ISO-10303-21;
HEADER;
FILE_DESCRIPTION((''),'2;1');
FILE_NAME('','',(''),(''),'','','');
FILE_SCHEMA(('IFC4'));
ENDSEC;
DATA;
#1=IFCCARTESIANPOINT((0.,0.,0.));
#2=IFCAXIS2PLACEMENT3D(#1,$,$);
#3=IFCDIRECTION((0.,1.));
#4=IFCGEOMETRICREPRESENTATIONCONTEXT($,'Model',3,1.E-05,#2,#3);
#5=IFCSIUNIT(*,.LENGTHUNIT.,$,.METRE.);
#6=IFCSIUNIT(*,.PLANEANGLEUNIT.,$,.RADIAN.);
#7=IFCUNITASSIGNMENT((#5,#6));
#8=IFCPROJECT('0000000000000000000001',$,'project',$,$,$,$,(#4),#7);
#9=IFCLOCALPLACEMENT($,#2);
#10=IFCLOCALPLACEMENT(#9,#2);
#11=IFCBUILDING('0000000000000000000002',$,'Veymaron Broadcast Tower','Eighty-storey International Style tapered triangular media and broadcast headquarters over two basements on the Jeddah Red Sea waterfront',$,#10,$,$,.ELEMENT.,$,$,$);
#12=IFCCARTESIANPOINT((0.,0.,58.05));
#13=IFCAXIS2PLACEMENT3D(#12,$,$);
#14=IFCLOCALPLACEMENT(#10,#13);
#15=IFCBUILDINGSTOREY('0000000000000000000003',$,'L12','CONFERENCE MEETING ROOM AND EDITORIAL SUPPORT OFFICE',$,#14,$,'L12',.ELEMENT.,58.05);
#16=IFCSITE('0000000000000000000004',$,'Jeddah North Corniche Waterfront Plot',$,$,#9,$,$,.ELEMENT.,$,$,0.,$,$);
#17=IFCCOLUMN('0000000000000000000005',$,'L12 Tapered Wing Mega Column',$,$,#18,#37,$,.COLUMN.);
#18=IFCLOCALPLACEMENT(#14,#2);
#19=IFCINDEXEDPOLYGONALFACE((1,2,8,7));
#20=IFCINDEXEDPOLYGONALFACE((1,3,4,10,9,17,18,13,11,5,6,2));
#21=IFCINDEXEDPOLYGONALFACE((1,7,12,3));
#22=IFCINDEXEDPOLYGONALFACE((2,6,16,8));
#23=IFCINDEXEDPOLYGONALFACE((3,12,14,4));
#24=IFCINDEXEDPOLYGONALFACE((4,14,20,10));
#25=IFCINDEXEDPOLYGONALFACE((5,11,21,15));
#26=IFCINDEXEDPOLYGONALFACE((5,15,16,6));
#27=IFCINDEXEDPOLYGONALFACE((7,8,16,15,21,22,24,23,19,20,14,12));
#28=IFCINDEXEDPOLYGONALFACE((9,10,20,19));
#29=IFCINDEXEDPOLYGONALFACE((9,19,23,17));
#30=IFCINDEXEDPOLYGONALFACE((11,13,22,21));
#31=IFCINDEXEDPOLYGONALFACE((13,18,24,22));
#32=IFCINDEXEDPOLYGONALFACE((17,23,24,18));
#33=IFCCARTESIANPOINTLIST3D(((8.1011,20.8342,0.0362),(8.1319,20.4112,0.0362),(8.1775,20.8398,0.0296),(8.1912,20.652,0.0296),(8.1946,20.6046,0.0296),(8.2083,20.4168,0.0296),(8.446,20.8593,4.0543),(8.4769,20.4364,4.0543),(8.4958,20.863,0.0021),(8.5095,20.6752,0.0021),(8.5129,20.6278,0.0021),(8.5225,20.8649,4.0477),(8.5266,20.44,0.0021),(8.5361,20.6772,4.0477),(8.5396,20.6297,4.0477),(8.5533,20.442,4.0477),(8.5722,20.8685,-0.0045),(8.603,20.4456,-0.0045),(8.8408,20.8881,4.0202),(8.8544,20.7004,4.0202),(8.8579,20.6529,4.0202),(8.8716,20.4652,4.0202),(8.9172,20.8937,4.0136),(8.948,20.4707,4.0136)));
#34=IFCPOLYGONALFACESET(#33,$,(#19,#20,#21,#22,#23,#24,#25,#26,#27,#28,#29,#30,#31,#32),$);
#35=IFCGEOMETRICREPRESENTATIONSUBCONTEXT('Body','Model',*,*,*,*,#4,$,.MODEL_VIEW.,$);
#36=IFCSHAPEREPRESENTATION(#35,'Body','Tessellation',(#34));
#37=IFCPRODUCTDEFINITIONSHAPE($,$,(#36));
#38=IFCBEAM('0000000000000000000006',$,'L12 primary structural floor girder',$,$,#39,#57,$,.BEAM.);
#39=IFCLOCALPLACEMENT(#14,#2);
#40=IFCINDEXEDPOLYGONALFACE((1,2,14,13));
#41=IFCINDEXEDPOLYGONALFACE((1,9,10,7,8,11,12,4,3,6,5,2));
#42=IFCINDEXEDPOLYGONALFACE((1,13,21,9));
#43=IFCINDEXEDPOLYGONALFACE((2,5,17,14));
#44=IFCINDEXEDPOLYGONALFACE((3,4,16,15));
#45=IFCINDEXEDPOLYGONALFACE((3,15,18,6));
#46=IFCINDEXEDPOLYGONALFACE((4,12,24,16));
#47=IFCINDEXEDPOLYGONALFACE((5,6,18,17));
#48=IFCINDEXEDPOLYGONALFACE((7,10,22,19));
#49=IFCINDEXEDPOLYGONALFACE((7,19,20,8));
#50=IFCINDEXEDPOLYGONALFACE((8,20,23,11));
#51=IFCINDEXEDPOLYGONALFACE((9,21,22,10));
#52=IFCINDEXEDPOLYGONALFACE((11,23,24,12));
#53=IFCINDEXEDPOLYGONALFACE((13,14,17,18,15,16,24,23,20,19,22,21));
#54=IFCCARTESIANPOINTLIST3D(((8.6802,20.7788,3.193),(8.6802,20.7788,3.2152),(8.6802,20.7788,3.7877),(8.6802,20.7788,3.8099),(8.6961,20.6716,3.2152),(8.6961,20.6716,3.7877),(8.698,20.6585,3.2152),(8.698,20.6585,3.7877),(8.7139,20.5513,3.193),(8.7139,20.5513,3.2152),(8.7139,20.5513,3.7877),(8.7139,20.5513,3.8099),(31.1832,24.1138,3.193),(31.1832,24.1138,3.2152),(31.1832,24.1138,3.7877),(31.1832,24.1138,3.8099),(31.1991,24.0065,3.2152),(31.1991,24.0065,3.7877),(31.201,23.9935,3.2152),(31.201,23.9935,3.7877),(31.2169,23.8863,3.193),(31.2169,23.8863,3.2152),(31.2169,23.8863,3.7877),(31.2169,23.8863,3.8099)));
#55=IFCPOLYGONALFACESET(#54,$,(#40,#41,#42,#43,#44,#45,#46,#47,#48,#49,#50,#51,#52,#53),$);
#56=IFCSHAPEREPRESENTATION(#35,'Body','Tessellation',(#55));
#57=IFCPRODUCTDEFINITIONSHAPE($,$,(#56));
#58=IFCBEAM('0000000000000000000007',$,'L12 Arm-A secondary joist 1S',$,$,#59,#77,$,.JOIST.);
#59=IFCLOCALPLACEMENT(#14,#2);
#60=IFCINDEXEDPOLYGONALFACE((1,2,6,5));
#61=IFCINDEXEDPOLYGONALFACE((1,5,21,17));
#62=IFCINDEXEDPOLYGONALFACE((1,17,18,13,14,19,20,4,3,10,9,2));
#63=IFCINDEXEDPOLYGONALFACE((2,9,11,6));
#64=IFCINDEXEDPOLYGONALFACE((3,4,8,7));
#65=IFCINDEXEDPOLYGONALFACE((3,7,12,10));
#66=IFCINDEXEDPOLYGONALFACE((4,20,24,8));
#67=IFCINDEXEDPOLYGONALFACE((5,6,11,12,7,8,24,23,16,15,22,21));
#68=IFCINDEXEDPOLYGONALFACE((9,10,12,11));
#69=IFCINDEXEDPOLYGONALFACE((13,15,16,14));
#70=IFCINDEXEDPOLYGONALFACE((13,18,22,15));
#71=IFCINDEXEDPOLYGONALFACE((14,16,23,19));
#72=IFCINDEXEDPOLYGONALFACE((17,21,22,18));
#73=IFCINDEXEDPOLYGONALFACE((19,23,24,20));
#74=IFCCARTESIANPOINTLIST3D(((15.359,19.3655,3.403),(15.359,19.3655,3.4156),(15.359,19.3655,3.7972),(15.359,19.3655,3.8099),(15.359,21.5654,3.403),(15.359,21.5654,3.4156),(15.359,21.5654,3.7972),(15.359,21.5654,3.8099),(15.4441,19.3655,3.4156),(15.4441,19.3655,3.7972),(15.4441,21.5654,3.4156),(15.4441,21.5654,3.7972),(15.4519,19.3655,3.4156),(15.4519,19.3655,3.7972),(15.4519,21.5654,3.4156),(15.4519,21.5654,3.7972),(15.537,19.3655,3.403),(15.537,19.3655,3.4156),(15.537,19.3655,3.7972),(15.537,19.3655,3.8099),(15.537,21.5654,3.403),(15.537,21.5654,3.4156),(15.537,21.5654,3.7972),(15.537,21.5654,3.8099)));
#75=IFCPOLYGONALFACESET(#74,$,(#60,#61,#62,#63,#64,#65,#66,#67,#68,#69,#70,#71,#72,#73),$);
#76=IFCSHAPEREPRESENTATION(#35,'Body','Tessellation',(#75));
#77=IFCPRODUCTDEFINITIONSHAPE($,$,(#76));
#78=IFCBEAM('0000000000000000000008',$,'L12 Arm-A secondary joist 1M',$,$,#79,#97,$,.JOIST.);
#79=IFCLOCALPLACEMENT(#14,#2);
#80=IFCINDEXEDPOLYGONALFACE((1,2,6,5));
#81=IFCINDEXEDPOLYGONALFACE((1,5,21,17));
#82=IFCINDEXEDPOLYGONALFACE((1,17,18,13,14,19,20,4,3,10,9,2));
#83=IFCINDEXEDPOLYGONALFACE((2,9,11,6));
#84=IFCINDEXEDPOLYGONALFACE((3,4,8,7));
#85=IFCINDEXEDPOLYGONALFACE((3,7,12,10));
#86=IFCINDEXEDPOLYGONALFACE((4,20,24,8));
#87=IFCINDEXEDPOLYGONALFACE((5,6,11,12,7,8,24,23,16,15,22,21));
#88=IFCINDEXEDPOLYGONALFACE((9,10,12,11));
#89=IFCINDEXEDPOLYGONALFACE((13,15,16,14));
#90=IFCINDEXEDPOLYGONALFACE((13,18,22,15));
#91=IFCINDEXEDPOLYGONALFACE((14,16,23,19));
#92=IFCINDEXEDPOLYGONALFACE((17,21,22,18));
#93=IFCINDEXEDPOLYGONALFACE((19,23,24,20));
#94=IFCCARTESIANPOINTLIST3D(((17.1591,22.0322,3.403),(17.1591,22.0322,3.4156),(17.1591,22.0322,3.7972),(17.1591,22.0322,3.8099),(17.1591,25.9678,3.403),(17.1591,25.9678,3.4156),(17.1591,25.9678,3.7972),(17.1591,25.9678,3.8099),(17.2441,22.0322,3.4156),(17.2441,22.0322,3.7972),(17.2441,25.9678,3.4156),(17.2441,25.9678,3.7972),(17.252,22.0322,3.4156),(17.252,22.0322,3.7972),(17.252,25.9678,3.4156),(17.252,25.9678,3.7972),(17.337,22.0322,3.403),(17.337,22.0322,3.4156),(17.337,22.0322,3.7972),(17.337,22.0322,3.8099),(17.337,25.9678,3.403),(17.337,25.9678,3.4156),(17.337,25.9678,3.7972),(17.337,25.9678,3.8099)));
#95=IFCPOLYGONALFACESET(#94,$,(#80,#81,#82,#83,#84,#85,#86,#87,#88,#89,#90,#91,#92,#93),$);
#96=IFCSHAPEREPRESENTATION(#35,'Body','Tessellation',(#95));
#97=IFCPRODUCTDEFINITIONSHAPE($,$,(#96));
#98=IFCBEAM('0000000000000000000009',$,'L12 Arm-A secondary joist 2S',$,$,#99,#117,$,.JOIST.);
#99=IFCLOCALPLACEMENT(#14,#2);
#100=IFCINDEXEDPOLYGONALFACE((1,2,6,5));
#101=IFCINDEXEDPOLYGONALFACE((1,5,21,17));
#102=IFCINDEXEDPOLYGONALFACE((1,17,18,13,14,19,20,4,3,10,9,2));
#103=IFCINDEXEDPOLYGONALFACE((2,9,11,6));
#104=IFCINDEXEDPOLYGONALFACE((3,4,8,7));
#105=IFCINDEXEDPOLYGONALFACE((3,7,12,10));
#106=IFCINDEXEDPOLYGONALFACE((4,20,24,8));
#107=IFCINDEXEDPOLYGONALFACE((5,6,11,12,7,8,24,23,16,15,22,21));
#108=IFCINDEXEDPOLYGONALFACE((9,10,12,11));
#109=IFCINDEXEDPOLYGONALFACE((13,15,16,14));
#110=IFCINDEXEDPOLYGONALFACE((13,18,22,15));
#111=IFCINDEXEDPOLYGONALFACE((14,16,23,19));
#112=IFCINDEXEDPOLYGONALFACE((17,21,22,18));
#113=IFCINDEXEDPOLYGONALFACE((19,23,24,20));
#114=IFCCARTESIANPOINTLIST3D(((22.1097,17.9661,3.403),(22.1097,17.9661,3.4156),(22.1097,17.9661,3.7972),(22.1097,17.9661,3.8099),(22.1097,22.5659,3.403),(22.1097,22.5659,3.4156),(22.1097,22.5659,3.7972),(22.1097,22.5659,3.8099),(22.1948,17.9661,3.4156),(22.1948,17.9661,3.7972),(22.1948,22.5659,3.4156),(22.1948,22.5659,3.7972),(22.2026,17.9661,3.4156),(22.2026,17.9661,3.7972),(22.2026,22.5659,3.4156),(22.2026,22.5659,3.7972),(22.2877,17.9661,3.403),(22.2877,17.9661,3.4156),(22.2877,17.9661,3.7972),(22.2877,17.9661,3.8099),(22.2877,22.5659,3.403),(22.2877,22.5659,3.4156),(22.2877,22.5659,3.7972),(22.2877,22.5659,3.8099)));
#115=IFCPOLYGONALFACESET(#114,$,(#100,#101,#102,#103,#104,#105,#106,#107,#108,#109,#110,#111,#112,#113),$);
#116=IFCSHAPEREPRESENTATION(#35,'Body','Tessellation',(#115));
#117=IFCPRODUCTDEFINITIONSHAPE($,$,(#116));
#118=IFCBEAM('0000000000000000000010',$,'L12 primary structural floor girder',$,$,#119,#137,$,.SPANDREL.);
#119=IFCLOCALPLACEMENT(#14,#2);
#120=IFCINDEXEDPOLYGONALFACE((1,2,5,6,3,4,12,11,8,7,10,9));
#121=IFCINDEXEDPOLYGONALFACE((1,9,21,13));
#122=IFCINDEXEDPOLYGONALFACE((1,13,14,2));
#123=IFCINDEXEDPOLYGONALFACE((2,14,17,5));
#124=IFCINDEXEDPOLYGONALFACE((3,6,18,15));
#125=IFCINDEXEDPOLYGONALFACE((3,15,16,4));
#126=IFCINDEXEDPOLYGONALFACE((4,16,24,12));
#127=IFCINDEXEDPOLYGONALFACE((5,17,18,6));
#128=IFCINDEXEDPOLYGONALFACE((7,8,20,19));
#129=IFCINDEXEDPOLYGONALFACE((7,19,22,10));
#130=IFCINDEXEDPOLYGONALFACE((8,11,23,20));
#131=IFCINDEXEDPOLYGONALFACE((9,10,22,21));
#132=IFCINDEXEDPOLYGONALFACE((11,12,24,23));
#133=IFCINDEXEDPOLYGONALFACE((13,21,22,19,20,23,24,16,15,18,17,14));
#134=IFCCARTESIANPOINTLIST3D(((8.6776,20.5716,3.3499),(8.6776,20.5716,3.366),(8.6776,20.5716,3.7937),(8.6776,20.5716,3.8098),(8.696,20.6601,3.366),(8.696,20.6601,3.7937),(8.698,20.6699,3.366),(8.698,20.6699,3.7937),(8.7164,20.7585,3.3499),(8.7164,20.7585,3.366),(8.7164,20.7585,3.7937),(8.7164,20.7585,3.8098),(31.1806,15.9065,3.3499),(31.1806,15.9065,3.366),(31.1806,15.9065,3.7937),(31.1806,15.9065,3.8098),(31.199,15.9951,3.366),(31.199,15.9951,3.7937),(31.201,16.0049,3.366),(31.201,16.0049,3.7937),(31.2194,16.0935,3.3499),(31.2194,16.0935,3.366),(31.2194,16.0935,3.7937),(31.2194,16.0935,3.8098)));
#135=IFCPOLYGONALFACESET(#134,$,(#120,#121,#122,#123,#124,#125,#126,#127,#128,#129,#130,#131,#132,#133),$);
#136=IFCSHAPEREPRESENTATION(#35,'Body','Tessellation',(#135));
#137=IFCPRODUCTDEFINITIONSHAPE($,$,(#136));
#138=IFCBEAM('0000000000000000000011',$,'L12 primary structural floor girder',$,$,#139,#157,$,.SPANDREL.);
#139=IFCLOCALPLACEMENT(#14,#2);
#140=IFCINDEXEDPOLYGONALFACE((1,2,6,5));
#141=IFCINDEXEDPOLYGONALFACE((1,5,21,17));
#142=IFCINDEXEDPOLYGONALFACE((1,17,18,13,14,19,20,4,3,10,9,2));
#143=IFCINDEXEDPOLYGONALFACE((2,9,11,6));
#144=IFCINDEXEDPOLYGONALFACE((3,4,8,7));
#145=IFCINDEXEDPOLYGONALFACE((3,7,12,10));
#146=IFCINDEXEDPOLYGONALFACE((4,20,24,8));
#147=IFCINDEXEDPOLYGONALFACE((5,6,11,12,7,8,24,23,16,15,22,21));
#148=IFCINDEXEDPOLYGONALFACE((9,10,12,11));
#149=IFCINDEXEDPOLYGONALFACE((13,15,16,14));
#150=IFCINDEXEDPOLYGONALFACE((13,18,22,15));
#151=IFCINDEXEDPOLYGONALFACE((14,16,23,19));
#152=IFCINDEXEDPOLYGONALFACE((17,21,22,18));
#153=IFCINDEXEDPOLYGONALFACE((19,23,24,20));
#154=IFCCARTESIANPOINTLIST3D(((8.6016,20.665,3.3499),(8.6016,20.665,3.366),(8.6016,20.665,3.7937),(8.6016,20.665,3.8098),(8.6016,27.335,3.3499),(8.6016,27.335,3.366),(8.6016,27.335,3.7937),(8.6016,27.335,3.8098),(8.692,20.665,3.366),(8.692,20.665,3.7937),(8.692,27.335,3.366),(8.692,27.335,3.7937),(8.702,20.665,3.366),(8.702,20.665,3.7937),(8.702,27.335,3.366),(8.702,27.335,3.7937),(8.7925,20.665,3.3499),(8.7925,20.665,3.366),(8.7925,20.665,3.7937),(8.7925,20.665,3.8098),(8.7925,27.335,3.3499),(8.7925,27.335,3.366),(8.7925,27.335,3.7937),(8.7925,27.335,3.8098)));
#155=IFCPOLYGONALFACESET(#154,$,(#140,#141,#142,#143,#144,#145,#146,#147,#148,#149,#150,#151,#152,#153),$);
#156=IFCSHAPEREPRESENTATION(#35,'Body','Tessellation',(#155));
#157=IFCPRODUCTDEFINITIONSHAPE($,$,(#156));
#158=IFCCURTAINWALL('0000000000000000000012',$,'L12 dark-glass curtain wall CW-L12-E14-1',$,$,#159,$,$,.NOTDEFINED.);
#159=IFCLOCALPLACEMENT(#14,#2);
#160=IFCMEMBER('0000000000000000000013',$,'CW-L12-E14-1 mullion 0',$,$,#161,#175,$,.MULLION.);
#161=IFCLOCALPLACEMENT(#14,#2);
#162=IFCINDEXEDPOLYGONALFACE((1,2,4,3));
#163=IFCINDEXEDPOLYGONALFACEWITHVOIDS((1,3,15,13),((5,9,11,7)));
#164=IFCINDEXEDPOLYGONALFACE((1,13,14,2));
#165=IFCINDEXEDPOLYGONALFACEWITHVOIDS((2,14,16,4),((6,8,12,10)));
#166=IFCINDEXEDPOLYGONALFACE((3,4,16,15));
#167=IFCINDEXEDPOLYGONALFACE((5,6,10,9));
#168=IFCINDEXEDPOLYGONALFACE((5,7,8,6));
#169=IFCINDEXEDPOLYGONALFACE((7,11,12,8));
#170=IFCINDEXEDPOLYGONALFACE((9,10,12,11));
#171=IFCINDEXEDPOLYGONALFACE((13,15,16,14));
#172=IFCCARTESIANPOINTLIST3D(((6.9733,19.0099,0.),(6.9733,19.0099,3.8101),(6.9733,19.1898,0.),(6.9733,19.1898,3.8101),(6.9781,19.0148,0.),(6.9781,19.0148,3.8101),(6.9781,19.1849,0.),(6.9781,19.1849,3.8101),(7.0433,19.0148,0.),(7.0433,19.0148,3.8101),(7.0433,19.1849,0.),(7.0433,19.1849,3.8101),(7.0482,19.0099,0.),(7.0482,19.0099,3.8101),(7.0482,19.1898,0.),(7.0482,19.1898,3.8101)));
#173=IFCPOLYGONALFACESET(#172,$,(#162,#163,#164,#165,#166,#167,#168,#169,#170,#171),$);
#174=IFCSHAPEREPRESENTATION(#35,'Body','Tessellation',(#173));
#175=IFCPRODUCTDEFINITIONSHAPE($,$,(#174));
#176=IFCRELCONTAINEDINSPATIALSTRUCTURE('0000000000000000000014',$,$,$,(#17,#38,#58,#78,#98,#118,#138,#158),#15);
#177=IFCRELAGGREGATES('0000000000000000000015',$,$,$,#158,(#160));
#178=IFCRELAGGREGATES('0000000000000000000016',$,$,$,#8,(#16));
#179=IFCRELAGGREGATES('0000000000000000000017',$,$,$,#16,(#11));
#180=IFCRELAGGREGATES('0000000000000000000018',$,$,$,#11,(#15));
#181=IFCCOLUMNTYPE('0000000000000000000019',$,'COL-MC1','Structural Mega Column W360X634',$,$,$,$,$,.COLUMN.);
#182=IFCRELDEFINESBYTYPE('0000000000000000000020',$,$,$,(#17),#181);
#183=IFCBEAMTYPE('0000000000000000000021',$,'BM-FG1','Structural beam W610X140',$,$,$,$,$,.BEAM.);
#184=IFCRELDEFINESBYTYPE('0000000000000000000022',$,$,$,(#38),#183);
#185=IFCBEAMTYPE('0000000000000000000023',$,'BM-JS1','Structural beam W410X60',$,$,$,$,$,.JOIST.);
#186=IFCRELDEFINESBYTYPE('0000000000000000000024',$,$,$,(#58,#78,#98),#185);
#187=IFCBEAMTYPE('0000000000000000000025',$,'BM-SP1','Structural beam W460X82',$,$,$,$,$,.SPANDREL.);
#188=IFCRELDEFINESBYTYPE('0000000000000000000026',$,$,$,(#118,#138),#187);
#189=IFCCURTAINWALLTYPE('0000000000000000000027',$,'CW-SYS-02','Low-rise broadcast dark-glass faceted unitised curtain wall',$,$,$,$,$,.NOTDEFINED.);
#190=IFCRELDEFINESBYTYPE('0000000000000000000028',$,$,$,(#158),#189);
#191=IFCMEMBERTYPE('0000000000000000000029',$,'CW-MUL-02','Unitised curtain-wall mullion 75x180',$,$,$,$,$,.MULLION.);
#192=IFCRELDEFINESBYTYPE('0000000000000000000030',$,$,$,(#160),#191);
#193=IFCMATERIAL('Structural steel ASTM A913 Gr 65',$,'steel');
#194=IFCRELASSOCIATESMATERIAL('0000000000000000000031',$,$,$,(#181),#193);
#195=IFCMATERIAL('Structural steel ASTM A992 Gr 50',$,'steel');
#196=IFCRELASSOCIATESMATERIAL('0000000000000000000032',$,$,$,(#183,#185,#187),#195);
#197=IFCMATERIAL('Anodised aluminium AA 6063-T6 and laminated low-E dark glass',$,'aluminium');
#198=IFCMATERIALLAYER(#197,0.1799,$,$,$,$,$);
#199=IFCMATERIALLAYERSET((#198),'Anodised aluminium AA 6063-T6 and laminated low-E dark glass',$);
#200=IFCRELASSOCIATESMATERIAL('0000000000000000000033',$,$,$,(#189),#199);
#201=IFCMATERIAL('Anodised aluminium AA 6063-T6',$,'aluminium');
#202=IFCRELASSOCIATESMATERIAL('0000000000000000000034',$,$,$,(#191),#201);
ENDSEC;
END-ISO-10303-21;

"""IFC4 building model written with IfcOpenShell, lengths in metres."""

from ifc_helpers import new_model, si_unit, direction, frame, origin, origin_2d, place, context, subcontext, project, spatial, hollow_rectangle, i_section, extrude, material, layer, layer_set, material_profile, profile_set, type_object, element, aggregate, save


model = new_model("IFC4")

# Units and contexts
model_context = context("Model", 3, precision=1e-05, world=origin(), true_north=direction((0.0, 1.0)))
body_context = subcontext(model_context, "Body", "Model", "MODEL_VIEW")
ifc_project = project(units=[si_unit("LENGTHUNIT", "METRE"), si_unit("PLANEANGLEUNIT", "RADIAN")], contexts=[model_context])

# Site, building, storey
site_placement = place(None, origin())
site = spatial("IfcSite", under=ifc_project, at=site_placement, Name="Jeddah North Corniche Waterfront Plot", CompositionType="ELEMENT", RefElevation=0.0)
building_placement = place(site_placement, origin())
building = spatial("IfcBuilding", under=site, at=building_placement, Name="Veymaron Broadcast Tower", Description="Eighty-storey International Style tapered triangular media and broadcast headquarters over two basements on the Jeddah Red Sea waterfront", CompositionType="ELEMENT")
storey_placement = place(building_placement, frame((0.0, 0.0, 58.05)))
storey = spatial("IfcBuildingStorey", under=building, at=storey_placement, Name="L12", Description="CONFERENCE MEETING ROOM AND EDITORIAL SUPPORT OFFICE", LongName="L12", CompositionType="ELEMENT", Elevation=58.05)

# Column
ifc_material_1 = material(Name="Structural steel ASTM A913 Gr 65", Category="steel")
ifc_material_profile_1 = material_profile(ifc_material_1, i_section(OverallWidth=0.4241, OverallDepth=0.4741, WebThickness=0.0476, FlangeThickness=0.0769, at=origin_2d()), Name="W360X634")
ifc_profile_set_1 = profile_set([ifc_material_profile_1], Name="Structural steel ASTM A913 Gr 65")
column_type = type_object("IfcColumnType", Name="COL-MC1", Description="Structural Mega Column W360X634", PredefinedType="COLUMN", material=ifc_profile_set_1)
column_placement = place(storey_placement, frame((8.3521, 20.6399, 0.0159), z_axis=(0.085539, 0.006235, 0.996315), x_axis=(-0.072702, 0.997354, 0.0)))
element("IfcColumn", 1, at=column_placement, inside=storey, type_object=column_type, Name="L12 Tapered Wing Mega Column", PredefinedType="COLUMN", context=body_context, shape_type="SweptSolid", body=[
    extrude(i_section(OverallWidth=0.4241, OverallDepth=0.4741, WebThickness=0.0476, FlangeThickness=0.0769, at=origin_2d()), origin(), (0.0, 0.0, 1.0), 4.033),
])

# Beams
ifc_material_2 = material(Name="Structural steel ASTM A992 Gr 50", Category="steel")
ifc_material_profile_2 = material_profile(ifc_material_2, i_section(OverallWidth=0.23, OverallDepth=0.6169, WebThickness=0.0132, FlangeThickness=0.0222, at=origin_2d()), Name="W610X140")
ifc_profile_set_2 = profile_set([ifc_material_profile_2], Name="Structural steel ASTM A992 Gr 50")
beam_type_1 = type_object("IfcBeamType", Name="BM-FG1", Description="Structural beam W610X140", PredefinedType="BEAM", material=ifc_profile_set_2)
beam_1_placement = place(storey_placement, frame((8.697, 20.665, 3.5015), z_axis=(0.989196, 0.1466, 0.0), x_axis=(-0.1466, 0.989196, 0.0)))
element("IfcBeam", 2, at=beam_1_placement, inside=storey, type_object=beam_type_1, Name="L12 primary structural floor girder", PredefinedType="BEAM", context=body_context, shape_type="SweptSolid", body=[
    extrude(i_section(OverallWidth=0.23, OverallDepth=0.6169, WebThickness=0.0132, FlangeThickness=0.0222, at=origin_2d()), origin(), (0.0, 0.0, 1.0), 22.7488),
])
ifc_material_profile_3 = material_profile(ifc_material_2, i_section(OverallWidth=0.178, OverallDepth=0.407, WebThickness=0.0078, FlangeThickness=0.0127, at=origin_2d()), Name="W410X60")
ifc_profile_set_3 = profile_set([ifc_material_profile_3], Name="Structural steel ASTM A992 Gr 50")
beam_type_2 = type_object("IfcBeamType", Name="BM-JS1", Description="Structural beam W410X60", PredefinedType="JOIST", material=ifc_profile_set_3)
beam_2_placement = place(storey_placement, frame((15.448, 19.3655, 3.6064), z_axis=(0.0, 1.0, 0.0), x_axis=(-1.0, 0.0, 0.0)))
element("IfcBeam", 3, at=beam_2_placement, inside=storey, type_object=beam_type_2, Name="L12 Arm-A secondary joist 1S", PredefinedType="JOIST", context=body_context, shape_type="SweptSolid", body=[
    extrude(i_section(OverallWidth=0.178, OverallDepth=0.407, WebThickness=0.0078, FlangeThickness=0.0127, at=origin_2d()), origin(), (0.0, 0.0, 1.0), 2.2),
])
beam_3_placement = place(storey_placement, frame((17.248, 22.0322, 3.6064), z_axis=(0.0, 1.0, 0.0), x_axis=(-1.0, 0.0, 0.0)))
element("IfcBeam", 4, at=beam_3_placement, inside=storey, type_object=beam_type_2, Name="L12 Arm-A secondary joist 1M", PredefinedType="JOIST", context=body_context, shape_type="SweptSolid", body=[
    extrude(i_section(OverallWidth=0.178, OverallDepth=0.407, WebThickness=0.0078, FlangeThickness=0.0127, at=origin_2d()), origin(), (0.0, 0.0, 1.0), 3.9355),
])
beam_4_placement = place(storey_placement, frame((22.1987, 17.9661, 3.6064), z_axis=(0.0, 1.0, 0.0), x_axis=(-1.0, 0.0, 0.0)))
element("IfcBeam", 5, at=beam_4_placement, inside=storey, type_object=beam_type_2, Name="L12 Arm-A secondary joist 2S", PredefinedType="JOIST", context=body_context, shape_type="SweptSolid", body=[
    extrude(i_section(OverallWidth=0.178, OverallDepth=0.407, WebThickness=0.0078, FlangeThickness=0.0127, at=origin_2d()), origin(), (0.0, 0.0, 1.0), 4.5999),
])
ifc_material_profile_4 = material_profile(ifc_material_2, i_section(OverallWidth=0.1909, OverallDepth=0.46, WebThickness=0.01, FlangeThickness=0.0161, at=origin_2d()), Name="W460X82")
ifc_profile_set_4 = profile_set([ifc_material_profile_4], Name="Structural steel ASTM A992 Gr 50")
beam_type_3 = type_object("IfcBeamType", Name="BM-SP1", Description="Structural beam W460X82", PredefinedType="SPANDREL", material=ifc_profile_set_4)
beam_5_placement = place(storey_placement, frame((8.697, 20.665, 3.5798), z_axis=(0.97918, -0.202992, 0.0), x_axis=(0.202992, 0.97918, 0.0)))
element("IfcBeam", 6, at=beam_5_placement, inside=storey, type_object=beam_type_3, Name="L12 primary structural floor girder", PredefinedType="SPANDREL", context=body_context, shape_type="SweptSolid", body=[
    extrude(i_section(OverallWidth=0.1909, OverallDepth=0.46, WebThickness=0.01, FlangeThickness=0.0161, at=origin_2d()), origin(), (0.0, 0.0, 1.0), 22.9814),
])
beam_6_placement = place(storey_placement, frame((8.697, 20.665, 3.5798), z_axis=(0.0, 1.0, 0.0), x_axis=(-1.0, 0.0, 0.0)))
element("IfcBeam", 7, at=beam_6_placement, inside=storey, type_object=beam_type_3, Name="L12 primary structural floor girder", PredefinedType="SPANDREL", context=body_context, shape_type="SweptSolid", body=[
    extrude(i_section(OverallWidth=0.1909, OverallDepth=0.46, WebThickness=0.01, FlangeThickness=0.0161, at=origin_2d()), origin(), (0.0, 0.0, 1.0), 6.6699),
])

# Curtain wall, member
ifc_material_3 = material(Name="Anodised aluminium AA 6063-T6 and laminated low-E dark glass", Category="aluminium")
ifc_layer_1 = layer(ifc_material_3, 0.1799)
ifc_layer_set_1 = layer_set([ifc_layer_1], Name="Anodised aluminium AA 6063-T6 and laminated low-E dark glass")
curtain_wall_type = type_object("IfcCurtainWallType", Name="CW-SYS-02", Description="Low-rise broadcast dark-glass faceted unitised curtain wall", PredefinedType="NOTDEFINED", material=ifc_layer_set_1)
curtain_wall_placement = place(storey_placement, origin())
curtain_wall = element("IfcCurtainWall", 8, at=curtain_wall_placement, inside=storey, type_object=curtain_wall_type, Name="L12 dark-glass curtain wall CW-L12-E14-1", PredefinedType="NOTDEFINED")
ifc_material_4 = material(Name="Anodised aluminium AA 6063-T6", Category="aluminium")
ifc_material_profile_5 = material_profile(ifc_material_4, hollow_rectangle(XDim=0.075, YDim=0.1799, WallThickness=0.0049, at=origin_2d()), Name="AL180X75X5")
ifc_profile_set_5 = profile_set([ifc_material_profile_5], Name="Anodised aluminium AA 6063-T6")
member_type_1 = type_object("IfcMemberType", Name="CW-MUL-02", Description="Unitised curtain-wall mullion 75x180", PredefinedType="MULLION", material=ifc_profile_set_5)
member_1_placement = place(storey_placement, frame((7.0107, 19.0999, 0.0), z_axis=(0.0, 0.0, 1.0), x_axis=(1.0, 0.0, 0.0)))
member_1 = element("IfcMember", 9, at=member_1_placement, type_object=member_type_1, Name="CW-L12-E14-1 mullion 0", PredefinedType="MULLION", context=body_context, shape_type="SweptSolid", body=[
    extrude(hollow_rectangle(XDim=0.075, YDim=0.1799, WallThickness=0.0049, at=origin_2d()), origin(), (0.0, 0.0, 1.0), 3.8101),
])
aggregate(curtain_wall, [member_1])

save(model, "model.ifc")
